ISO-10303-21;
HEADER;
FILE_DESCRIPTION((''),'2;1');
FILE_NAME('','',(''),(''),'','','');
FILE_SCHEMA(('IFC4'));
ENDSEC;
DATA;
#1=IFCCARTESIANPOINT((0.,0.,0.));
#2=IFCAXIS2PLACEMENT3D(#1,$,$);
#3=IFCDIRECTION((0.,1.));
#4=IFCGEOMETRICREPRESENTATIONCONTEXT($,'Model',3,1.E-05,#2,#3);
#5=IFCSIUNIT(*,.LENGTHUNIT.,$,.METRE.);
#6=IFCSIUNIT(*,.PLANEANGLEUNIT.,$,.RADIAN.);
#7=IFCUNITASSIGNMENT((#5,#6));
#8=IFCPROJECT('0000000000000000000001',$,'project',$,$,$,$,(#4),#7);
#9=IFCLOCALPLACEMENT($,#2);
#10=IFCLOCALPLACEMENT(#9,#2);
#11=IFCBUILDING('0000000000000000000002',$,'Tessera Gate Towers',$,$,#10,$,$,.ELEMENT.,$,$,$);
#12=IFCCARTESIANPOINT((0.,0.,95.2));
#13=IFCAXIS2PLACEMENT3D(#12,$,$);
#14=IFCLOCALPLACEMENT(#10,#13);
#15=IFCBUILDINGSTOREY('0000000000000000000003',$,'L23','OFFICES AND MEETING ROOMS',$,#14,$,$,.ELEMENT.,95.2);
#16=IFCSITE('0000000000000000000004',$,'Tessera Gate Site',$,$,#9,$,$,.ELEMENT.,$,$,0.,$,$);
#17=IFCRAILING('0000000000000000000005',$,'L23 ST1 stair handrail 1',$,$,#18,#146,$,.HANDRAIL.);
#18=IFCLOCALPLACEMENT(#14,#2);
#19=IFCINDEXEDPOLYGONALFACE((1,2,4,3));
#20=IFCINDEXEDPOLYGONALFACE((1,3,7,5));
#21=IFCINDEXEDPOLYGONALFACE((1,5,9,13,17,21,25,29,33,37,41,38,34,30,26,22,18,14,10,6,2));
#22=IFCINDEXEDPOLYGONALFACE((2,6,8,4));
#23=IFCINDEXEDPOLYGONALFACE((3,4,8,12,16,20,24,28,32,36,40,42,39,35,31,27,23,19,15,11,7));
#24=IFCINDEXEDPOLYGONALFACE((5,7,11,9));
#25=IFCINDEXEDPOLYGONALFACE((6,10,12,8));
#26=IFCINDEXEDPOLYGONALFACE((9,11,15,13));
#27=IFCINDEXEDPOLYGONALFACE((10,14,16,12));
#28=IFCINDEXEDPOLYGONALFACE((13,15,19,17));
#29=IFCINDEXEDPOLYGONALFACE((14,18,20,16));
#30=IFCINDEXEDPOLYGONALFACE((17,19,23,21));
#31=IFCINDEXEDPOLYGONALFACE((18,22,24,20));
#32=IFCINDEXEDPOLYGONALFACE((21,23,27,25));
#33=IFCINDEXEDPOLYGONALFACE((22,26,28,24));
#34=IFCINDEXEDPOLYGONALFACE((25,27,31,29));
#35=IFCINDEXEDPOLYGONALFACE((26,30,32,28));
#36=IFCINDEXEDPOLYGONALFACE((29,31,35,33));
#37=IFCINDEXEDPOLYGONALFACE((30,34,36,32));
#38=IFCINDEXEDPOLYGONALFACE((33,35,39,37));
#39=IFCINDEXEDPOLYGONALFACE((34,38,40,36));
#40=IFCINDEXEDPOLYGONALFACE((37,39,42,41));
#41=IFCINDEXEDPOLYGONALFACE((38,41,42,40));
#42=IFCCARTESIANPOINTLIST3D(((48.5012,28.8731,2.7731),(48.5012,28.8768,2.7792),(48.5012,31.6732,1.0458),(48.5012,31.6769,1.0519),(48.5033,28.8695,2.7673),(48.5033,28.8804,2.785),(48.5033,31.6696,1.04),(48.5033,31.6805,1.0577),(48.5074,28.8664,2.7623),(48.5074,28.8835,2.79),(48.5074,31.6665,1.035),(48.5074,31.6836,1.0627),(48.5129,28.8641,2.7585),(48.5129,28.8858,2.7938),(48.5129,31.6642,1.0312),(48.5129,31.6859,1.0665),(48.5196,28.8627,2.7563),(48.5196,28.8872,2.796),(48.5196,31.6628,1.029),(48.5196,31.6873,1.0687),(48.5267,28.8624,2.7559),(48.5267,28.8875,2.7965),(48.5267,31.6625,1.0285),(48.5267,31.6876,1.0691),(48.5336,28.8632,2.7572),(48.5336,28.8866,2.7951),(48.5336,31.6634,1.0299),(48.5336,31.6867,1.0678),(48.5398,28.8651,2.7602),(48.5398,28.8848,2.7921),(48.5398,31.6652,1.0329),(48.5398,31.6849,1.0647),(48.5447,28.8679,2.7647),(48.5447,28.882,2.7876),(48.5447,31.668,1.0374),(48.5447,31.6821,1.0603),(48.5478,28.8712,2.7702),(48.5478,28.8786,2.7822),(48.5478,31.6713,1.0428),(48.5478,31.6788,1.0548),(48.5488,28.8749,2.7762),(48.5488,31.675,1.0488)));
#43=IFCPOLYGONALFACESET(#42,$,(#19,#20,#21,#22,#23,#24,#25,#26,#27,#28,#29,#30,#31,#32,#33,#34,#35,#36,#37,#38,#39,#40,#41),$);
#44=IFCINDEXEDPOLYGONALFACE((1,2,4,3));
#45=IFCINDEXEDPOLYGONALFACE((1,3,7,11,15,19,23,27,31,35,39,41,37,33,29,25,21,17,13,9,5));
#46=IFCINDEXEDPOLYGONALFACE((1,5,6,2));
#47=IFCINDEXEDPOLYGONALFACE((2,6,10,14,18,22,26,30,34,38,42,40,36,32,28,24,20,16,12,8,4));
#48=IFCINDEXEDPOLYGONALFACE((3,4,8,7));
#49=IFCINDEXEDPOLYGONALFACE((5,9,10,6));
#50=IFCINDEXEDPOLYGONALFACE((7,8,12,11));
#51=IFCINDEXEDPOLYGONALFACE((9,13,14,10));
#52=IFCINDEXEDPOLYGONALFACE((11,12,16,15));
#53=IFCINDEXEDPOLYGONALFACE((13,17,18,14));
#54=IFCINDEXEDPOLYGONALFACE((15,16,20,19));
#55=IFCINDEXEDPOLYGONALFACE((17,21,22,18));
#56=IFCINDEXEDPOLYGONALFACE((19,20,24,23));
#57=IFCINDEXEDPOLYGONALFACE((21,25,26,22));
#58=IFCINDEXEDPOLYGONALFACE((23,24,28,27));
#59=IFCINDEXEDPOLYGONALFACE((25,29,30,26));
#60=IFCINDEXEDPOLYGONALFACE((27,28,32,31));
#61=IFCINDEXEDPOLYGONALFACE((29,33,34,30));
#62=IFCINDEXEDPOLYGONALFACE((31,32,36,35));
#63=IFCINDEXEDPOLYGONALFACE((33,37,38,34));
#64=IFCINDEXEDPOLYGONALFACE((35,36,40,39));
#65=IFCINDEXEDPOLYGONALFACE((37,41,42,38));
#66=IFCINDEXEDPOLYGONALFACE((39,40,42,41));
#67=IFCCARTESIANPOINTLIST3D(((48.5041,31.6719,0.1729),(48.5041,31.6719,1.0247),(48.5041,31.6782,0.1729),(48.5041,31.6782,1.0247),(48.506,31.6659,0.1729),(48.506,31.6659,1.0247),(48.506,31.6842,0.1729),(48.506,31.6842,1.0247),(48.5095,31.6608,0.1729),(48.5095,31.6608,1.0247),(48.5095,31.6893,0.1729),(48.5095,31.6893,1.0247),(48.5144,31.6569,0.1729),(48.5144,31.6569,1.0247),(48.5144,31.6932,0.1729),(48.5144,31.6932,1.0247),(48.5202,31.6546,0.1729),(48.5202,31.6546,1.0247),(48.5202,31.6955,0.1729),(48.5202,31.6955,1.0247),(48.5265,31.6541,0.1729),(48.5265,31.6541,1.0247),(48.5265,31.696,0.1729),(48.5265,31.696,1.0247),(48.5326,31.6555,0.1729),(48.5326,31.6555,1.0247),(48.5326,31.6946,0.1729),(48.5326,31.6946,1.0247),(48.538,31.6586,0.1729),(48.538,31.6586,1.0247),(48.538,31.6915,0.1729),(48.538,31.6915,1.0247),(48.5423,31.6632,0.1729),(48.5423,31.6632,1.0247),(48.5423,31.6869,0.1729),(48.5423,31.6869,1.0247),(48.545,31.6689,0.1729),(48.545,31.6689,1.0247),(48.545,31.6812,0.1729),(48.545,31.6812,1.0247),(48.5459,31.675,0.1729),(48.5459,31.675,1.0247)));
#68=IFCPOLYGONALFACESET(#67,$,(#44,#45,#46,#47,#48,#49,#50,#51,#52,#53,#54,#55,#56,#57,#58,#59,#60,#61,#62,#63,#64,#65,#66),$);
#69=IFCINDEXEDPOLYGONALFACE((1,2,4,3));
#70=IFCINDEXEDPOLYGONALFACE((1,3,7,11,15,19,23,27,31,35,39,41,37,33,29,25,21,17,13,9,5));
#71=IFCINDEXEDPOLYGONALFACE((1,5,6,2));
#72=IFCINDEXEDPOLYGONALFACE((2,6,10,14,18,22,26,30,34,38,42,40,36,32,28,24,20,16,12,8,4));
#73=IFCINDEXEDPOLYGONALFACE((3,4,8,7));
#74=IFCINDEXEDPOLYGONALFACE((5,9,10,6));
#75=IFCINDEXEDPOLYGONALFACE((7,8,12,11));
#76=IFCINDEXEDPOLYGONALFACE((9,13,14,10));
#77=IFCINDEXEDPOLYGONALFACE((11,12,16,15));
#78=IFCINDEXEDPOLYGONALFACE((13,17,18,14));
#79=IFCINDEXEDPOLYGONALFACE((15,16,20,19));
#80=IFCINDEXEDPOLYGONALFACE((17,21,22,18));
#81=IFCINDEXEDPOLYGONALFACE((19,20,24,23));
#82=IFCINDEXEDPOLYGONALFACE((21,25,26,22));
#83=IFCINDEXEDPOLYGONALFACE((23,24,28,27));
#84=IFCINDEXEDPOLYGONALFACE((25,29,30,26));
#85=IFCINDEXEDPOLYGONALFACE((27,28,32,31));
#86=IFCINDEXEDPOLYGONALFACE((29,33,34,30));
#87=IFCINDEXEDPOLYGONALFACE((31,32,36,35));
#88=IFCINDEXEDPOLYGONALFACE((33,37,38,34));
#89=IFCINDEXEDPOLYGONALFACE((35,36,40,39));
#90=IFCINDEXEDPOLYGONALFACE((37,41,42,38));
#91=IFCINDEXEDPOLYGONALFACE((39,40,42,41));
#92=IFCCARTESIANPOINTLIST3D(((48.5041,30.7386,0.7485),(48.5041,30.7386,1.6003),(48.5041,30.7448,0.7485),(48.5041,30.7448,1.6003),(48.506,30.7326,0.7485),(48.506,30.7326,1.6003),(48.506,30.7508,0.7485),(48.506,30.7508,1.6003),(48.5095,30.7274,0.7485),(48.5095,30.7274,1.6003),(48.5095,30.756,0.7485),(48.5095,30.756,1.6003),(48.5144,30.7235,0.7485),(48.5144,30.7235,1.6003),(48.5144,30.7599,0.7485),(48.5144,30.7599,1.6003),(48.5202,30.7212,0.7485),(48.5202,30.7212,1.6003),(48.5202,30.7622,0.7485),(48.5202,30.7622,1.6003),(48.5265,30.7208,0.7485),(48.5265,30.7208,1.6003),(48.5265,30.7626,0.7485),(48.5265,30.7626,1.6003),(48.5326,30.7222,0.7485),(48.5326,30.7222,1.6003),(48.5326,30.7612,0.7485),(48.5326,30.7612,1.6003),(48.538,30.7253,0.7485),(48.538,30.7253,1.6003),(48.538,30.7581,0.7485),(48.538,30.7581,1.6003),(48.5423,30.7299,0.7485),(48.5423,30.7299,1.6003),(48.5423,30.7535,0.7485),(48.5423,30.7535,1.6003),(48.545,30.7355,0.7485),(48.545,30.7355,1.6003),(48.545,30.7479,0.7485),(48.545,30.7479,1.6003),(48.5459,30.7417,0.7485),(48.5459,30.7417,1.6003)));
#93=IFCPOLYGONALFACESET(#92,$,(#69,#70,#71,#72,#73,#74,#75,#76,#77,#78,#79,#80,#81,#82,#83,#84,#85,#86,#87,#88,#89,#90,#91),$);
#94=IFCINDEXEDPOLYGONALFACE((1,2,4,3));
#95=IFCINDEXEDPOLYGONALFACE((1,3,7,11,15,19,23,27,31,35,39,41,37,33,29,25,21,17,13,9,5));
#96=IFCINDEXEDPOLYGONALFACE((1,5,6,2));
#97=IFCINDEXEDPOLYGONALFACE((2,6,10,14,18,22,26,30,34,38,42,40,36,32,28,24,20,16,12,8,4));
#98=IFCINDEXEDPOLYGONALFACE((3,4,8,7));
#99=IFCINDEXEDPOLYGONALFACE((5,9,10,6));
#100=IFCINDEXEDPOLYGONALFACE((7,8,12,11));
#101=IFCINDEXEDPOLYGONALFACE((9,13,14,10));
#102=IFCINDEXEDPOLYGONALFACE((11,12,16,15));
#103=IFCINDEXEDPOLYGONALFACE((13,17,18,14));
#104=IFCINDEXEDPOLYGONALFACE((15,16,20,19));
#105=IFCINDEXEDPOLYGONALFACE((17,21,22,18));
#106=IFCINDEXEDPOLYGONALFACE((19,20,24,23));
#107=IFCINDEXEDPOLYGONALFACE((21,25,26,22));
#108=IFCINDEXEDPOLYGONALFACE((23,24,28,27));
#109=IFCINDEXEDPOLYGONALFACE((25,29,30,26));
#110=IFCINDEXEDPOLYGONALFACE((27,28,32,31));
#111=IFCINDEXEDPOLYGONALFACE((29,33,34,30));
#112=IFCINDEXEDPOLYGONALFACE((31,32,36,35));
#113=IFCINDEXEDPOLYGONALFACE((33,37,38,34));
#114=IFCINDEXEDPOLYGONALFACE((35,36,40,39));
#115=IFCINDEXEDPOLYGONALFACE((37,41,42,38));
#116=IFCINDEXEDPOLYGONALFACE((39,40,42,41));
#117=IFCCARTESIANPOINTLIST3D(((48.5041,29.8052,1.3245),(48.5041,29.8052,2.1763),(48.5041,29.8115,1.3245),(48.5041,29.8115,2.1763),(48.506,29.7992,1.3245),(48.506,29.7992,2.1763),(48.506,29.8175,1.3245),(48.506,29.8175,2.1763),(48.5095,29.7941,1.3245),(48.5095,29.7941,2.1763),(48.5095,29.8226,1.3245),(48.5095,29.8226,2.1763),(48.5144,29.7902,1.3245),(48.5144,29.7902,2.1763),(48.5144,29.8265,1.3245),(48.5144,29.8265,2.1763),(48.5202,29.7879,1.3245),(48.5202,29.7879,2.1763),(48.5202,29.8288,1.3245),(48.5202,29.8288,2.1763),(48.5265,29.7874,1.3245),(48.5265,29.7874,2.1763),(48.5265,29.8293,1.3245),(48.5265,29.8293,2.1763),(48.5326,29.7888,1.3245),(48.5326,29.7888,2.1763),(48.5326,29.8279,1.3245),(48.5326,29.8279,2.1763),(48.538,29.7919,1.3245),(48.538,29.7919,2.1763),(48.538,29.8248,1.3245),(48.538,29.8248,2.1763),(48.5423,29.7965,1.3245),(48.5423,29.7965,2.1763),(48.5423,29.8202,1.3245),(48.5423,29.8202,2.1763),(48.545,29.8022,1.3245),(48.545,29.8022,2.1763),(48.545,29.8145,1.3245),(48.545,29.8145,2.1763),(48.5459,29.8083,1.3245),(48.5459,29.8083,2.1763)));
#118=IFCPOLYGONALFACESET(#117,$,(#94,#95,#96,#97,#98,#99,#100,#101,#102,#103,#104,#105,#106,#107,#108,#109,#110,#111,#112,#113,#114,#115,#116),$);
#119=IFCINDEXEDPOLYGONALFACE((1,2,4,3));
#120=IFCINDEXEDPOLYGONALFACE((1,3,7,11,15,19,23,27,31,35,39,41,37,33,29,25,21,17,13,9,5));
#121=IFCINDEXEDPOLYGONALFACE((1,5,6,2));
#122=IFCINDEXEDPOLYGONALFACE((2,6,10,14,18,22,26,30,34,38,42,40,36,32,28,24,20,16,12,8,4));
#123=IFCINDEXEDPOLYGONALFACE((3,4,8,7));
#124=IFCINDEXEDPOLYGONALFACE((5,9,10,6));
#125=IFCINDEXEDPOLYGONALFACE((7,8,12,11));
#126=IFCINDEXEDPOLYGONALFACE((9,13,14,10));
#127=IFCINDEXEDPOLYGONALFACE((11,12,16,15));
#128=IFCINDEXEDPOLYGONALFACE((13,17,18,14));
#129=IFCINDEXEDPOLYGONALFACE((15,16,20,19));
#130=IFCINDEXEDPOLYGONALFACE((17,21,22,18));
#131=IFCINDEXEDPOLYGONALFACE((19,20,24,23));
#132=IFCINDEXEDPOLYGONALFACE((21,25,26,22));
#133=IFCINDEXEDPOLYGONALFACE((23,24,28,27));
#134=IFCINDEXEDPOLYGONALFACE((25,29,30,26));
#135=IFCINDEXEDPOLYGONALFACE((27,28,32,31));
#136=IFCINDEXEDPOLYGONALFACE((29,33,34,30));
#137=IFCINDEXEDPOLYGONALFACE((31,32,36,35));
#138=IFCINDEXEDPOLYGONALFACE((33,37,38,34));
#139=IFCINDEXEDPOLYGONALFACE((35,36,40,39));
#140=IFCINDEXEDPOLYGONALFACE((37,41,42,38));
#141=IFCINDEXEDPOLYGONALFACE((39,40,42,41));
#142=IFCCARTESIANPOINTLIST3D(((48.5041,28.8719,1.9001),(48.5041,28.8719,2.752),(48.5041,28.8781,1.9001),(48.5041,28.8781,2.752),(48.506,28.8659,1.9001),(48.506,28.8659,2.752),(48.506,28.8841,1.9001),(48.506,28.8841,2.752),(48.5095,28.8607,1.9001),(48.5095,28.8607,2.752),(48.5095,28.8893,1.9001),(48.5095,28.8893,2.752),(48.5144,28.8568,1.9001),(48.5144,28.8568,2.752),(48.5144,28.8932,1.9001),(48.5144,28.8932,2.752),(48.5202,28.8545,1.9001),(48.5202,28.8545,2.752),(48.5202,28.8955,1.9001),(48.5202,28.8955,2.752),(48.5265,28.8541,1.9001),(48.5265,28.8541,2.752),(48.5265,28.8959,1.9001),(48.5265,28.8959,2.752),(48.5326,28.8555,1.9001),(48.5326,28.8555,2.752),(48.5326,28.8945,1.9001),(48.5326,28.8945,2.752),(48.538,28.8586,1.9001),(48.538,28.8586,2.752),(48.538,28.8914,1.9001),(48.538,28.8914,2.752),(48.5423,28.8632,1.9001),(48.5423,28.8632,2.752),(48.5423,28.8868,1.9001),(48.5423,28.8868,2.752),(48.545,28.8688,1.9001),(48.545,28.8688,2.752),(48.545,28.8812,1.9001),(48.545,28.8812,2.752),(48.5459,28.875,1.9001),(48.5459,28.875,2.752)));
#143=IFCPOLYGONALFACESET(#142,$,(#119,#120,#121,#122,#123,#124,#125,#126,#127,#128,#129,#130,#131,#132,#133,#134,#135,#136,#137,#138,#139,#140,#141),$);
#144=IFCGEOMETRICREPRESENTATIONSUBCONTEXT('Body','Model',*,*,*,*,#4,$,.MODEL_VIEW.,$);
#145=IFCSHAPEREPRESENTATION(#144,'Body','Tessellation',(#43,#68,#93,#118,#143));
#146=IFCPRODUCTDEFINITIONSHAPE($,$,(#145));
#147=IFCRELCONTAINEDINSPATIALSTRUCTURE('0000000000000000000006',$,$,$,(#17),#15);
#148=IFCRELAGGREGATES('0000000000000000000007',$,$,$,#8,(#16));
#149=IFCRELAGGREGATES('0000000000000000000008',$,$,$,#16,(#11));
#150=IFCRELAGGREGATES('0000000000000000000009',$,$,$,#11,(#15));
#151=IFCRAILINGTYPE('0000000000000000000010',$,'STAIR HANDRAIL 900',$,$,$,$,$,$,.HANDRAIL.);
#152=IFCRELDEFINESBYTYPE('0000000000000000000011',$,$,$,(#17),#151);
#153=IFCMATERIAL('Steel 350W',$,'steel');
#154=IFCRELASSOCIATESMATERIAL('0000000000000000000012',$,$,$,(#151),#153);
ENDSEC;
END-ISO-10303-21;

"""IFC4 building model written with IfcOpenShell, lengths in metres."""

from ifc_helpers import new_model, si_unit, direction, frame, origin, origin_2d, place, context, subcontext, project, spatial, circle, extrude, material, type_object, element, save


model = new_model("IFC4")

# Units and contexts
model_context = context("Model", 3, precision=1e-05, world=origin(), true_north=direction((0.0, 1.0)))
body_context = subcontext(model_context, "Body", "Model", "MODEL_VIEW")
ifc_project = project(units=[si_unit("LENGTHUNIT", "METRE"), si_unit("PLANEANGLEUNIT", "RADIAN")], contexts=[model_context])

# Site, building, storey
site_placement = place(None, origin())
site = spatial("IfcSite", under=ifc_project, at=site_placement, Name="Tessera Gate Site", CompositionType="ELEMENT", RefElevation=0.0)
building_placement = place(site_placement, origin())
building = spatial("IfcBuilding", under=site, at=building_placement, Name="Tessera Gate Towers", CompositionType="ELEMENT")
storey_placement = place(building_placement, frame((0.0, 0.0, 95.2)))
storey = spatial("IfcBuildingStorey", under=building, at=storey_placement, Name="L23", Description="OFFICES AND MEETING ROOMS", CompositionType="ELEMENT", Elevation=95.2)

# Railing
ifc_material_1 = material(Name="Steel 350W", Category="steel")
railing_type = type_object("IfcRailingType", Name="STAIR HANDRAIL 900", PredefinedType="HANDRAIL", material=ifc_material_1)
railing_placement = place(storey_placement, frame((48.5249, 31.675, 0.1729)))
element("IfcRailing", 1, at=railing_placement, inside=storey, type_object=railing_type, Name="L23 ST1 stair handrail 1", PredefinedType="HANDRAIL", context=body_context, shape_type="SweptSolid", body=[
    extrude(circle(Radius=0.0239, at=origin_2d()), frame((0.0, 0.0, 0.876), z_axis=(0.0, -0.85109, 0.52502), x_axis=(1.0, 0.0, 0.0)), (0.0, 0.0, 1.0), 3.29),
    extrude(circle(Radius=0.021, at=origin_2d()), origin(), (0.0, 0.0, 1.0), 0.8518),
    extrude(circle(Radius=0.021, at=origin_2d()), frame((0.0, -0.9333, 0.5757)), (0.0, 0.0, 1.0), 0.8518),
    extrude(circle(Radius=0.021, at=origin_2d()), frame((0.0, -1.8667, 1.1516)), (0.0, 0.0, 1.0), 0.8518),
    extrude(circle(Radius=0.021, at=origin_2d()), frame((0.0, -2.8, 1.7273)), (0.0, 0.0, 1.0), 0.8518),
])

save(model, "model.ifc")
